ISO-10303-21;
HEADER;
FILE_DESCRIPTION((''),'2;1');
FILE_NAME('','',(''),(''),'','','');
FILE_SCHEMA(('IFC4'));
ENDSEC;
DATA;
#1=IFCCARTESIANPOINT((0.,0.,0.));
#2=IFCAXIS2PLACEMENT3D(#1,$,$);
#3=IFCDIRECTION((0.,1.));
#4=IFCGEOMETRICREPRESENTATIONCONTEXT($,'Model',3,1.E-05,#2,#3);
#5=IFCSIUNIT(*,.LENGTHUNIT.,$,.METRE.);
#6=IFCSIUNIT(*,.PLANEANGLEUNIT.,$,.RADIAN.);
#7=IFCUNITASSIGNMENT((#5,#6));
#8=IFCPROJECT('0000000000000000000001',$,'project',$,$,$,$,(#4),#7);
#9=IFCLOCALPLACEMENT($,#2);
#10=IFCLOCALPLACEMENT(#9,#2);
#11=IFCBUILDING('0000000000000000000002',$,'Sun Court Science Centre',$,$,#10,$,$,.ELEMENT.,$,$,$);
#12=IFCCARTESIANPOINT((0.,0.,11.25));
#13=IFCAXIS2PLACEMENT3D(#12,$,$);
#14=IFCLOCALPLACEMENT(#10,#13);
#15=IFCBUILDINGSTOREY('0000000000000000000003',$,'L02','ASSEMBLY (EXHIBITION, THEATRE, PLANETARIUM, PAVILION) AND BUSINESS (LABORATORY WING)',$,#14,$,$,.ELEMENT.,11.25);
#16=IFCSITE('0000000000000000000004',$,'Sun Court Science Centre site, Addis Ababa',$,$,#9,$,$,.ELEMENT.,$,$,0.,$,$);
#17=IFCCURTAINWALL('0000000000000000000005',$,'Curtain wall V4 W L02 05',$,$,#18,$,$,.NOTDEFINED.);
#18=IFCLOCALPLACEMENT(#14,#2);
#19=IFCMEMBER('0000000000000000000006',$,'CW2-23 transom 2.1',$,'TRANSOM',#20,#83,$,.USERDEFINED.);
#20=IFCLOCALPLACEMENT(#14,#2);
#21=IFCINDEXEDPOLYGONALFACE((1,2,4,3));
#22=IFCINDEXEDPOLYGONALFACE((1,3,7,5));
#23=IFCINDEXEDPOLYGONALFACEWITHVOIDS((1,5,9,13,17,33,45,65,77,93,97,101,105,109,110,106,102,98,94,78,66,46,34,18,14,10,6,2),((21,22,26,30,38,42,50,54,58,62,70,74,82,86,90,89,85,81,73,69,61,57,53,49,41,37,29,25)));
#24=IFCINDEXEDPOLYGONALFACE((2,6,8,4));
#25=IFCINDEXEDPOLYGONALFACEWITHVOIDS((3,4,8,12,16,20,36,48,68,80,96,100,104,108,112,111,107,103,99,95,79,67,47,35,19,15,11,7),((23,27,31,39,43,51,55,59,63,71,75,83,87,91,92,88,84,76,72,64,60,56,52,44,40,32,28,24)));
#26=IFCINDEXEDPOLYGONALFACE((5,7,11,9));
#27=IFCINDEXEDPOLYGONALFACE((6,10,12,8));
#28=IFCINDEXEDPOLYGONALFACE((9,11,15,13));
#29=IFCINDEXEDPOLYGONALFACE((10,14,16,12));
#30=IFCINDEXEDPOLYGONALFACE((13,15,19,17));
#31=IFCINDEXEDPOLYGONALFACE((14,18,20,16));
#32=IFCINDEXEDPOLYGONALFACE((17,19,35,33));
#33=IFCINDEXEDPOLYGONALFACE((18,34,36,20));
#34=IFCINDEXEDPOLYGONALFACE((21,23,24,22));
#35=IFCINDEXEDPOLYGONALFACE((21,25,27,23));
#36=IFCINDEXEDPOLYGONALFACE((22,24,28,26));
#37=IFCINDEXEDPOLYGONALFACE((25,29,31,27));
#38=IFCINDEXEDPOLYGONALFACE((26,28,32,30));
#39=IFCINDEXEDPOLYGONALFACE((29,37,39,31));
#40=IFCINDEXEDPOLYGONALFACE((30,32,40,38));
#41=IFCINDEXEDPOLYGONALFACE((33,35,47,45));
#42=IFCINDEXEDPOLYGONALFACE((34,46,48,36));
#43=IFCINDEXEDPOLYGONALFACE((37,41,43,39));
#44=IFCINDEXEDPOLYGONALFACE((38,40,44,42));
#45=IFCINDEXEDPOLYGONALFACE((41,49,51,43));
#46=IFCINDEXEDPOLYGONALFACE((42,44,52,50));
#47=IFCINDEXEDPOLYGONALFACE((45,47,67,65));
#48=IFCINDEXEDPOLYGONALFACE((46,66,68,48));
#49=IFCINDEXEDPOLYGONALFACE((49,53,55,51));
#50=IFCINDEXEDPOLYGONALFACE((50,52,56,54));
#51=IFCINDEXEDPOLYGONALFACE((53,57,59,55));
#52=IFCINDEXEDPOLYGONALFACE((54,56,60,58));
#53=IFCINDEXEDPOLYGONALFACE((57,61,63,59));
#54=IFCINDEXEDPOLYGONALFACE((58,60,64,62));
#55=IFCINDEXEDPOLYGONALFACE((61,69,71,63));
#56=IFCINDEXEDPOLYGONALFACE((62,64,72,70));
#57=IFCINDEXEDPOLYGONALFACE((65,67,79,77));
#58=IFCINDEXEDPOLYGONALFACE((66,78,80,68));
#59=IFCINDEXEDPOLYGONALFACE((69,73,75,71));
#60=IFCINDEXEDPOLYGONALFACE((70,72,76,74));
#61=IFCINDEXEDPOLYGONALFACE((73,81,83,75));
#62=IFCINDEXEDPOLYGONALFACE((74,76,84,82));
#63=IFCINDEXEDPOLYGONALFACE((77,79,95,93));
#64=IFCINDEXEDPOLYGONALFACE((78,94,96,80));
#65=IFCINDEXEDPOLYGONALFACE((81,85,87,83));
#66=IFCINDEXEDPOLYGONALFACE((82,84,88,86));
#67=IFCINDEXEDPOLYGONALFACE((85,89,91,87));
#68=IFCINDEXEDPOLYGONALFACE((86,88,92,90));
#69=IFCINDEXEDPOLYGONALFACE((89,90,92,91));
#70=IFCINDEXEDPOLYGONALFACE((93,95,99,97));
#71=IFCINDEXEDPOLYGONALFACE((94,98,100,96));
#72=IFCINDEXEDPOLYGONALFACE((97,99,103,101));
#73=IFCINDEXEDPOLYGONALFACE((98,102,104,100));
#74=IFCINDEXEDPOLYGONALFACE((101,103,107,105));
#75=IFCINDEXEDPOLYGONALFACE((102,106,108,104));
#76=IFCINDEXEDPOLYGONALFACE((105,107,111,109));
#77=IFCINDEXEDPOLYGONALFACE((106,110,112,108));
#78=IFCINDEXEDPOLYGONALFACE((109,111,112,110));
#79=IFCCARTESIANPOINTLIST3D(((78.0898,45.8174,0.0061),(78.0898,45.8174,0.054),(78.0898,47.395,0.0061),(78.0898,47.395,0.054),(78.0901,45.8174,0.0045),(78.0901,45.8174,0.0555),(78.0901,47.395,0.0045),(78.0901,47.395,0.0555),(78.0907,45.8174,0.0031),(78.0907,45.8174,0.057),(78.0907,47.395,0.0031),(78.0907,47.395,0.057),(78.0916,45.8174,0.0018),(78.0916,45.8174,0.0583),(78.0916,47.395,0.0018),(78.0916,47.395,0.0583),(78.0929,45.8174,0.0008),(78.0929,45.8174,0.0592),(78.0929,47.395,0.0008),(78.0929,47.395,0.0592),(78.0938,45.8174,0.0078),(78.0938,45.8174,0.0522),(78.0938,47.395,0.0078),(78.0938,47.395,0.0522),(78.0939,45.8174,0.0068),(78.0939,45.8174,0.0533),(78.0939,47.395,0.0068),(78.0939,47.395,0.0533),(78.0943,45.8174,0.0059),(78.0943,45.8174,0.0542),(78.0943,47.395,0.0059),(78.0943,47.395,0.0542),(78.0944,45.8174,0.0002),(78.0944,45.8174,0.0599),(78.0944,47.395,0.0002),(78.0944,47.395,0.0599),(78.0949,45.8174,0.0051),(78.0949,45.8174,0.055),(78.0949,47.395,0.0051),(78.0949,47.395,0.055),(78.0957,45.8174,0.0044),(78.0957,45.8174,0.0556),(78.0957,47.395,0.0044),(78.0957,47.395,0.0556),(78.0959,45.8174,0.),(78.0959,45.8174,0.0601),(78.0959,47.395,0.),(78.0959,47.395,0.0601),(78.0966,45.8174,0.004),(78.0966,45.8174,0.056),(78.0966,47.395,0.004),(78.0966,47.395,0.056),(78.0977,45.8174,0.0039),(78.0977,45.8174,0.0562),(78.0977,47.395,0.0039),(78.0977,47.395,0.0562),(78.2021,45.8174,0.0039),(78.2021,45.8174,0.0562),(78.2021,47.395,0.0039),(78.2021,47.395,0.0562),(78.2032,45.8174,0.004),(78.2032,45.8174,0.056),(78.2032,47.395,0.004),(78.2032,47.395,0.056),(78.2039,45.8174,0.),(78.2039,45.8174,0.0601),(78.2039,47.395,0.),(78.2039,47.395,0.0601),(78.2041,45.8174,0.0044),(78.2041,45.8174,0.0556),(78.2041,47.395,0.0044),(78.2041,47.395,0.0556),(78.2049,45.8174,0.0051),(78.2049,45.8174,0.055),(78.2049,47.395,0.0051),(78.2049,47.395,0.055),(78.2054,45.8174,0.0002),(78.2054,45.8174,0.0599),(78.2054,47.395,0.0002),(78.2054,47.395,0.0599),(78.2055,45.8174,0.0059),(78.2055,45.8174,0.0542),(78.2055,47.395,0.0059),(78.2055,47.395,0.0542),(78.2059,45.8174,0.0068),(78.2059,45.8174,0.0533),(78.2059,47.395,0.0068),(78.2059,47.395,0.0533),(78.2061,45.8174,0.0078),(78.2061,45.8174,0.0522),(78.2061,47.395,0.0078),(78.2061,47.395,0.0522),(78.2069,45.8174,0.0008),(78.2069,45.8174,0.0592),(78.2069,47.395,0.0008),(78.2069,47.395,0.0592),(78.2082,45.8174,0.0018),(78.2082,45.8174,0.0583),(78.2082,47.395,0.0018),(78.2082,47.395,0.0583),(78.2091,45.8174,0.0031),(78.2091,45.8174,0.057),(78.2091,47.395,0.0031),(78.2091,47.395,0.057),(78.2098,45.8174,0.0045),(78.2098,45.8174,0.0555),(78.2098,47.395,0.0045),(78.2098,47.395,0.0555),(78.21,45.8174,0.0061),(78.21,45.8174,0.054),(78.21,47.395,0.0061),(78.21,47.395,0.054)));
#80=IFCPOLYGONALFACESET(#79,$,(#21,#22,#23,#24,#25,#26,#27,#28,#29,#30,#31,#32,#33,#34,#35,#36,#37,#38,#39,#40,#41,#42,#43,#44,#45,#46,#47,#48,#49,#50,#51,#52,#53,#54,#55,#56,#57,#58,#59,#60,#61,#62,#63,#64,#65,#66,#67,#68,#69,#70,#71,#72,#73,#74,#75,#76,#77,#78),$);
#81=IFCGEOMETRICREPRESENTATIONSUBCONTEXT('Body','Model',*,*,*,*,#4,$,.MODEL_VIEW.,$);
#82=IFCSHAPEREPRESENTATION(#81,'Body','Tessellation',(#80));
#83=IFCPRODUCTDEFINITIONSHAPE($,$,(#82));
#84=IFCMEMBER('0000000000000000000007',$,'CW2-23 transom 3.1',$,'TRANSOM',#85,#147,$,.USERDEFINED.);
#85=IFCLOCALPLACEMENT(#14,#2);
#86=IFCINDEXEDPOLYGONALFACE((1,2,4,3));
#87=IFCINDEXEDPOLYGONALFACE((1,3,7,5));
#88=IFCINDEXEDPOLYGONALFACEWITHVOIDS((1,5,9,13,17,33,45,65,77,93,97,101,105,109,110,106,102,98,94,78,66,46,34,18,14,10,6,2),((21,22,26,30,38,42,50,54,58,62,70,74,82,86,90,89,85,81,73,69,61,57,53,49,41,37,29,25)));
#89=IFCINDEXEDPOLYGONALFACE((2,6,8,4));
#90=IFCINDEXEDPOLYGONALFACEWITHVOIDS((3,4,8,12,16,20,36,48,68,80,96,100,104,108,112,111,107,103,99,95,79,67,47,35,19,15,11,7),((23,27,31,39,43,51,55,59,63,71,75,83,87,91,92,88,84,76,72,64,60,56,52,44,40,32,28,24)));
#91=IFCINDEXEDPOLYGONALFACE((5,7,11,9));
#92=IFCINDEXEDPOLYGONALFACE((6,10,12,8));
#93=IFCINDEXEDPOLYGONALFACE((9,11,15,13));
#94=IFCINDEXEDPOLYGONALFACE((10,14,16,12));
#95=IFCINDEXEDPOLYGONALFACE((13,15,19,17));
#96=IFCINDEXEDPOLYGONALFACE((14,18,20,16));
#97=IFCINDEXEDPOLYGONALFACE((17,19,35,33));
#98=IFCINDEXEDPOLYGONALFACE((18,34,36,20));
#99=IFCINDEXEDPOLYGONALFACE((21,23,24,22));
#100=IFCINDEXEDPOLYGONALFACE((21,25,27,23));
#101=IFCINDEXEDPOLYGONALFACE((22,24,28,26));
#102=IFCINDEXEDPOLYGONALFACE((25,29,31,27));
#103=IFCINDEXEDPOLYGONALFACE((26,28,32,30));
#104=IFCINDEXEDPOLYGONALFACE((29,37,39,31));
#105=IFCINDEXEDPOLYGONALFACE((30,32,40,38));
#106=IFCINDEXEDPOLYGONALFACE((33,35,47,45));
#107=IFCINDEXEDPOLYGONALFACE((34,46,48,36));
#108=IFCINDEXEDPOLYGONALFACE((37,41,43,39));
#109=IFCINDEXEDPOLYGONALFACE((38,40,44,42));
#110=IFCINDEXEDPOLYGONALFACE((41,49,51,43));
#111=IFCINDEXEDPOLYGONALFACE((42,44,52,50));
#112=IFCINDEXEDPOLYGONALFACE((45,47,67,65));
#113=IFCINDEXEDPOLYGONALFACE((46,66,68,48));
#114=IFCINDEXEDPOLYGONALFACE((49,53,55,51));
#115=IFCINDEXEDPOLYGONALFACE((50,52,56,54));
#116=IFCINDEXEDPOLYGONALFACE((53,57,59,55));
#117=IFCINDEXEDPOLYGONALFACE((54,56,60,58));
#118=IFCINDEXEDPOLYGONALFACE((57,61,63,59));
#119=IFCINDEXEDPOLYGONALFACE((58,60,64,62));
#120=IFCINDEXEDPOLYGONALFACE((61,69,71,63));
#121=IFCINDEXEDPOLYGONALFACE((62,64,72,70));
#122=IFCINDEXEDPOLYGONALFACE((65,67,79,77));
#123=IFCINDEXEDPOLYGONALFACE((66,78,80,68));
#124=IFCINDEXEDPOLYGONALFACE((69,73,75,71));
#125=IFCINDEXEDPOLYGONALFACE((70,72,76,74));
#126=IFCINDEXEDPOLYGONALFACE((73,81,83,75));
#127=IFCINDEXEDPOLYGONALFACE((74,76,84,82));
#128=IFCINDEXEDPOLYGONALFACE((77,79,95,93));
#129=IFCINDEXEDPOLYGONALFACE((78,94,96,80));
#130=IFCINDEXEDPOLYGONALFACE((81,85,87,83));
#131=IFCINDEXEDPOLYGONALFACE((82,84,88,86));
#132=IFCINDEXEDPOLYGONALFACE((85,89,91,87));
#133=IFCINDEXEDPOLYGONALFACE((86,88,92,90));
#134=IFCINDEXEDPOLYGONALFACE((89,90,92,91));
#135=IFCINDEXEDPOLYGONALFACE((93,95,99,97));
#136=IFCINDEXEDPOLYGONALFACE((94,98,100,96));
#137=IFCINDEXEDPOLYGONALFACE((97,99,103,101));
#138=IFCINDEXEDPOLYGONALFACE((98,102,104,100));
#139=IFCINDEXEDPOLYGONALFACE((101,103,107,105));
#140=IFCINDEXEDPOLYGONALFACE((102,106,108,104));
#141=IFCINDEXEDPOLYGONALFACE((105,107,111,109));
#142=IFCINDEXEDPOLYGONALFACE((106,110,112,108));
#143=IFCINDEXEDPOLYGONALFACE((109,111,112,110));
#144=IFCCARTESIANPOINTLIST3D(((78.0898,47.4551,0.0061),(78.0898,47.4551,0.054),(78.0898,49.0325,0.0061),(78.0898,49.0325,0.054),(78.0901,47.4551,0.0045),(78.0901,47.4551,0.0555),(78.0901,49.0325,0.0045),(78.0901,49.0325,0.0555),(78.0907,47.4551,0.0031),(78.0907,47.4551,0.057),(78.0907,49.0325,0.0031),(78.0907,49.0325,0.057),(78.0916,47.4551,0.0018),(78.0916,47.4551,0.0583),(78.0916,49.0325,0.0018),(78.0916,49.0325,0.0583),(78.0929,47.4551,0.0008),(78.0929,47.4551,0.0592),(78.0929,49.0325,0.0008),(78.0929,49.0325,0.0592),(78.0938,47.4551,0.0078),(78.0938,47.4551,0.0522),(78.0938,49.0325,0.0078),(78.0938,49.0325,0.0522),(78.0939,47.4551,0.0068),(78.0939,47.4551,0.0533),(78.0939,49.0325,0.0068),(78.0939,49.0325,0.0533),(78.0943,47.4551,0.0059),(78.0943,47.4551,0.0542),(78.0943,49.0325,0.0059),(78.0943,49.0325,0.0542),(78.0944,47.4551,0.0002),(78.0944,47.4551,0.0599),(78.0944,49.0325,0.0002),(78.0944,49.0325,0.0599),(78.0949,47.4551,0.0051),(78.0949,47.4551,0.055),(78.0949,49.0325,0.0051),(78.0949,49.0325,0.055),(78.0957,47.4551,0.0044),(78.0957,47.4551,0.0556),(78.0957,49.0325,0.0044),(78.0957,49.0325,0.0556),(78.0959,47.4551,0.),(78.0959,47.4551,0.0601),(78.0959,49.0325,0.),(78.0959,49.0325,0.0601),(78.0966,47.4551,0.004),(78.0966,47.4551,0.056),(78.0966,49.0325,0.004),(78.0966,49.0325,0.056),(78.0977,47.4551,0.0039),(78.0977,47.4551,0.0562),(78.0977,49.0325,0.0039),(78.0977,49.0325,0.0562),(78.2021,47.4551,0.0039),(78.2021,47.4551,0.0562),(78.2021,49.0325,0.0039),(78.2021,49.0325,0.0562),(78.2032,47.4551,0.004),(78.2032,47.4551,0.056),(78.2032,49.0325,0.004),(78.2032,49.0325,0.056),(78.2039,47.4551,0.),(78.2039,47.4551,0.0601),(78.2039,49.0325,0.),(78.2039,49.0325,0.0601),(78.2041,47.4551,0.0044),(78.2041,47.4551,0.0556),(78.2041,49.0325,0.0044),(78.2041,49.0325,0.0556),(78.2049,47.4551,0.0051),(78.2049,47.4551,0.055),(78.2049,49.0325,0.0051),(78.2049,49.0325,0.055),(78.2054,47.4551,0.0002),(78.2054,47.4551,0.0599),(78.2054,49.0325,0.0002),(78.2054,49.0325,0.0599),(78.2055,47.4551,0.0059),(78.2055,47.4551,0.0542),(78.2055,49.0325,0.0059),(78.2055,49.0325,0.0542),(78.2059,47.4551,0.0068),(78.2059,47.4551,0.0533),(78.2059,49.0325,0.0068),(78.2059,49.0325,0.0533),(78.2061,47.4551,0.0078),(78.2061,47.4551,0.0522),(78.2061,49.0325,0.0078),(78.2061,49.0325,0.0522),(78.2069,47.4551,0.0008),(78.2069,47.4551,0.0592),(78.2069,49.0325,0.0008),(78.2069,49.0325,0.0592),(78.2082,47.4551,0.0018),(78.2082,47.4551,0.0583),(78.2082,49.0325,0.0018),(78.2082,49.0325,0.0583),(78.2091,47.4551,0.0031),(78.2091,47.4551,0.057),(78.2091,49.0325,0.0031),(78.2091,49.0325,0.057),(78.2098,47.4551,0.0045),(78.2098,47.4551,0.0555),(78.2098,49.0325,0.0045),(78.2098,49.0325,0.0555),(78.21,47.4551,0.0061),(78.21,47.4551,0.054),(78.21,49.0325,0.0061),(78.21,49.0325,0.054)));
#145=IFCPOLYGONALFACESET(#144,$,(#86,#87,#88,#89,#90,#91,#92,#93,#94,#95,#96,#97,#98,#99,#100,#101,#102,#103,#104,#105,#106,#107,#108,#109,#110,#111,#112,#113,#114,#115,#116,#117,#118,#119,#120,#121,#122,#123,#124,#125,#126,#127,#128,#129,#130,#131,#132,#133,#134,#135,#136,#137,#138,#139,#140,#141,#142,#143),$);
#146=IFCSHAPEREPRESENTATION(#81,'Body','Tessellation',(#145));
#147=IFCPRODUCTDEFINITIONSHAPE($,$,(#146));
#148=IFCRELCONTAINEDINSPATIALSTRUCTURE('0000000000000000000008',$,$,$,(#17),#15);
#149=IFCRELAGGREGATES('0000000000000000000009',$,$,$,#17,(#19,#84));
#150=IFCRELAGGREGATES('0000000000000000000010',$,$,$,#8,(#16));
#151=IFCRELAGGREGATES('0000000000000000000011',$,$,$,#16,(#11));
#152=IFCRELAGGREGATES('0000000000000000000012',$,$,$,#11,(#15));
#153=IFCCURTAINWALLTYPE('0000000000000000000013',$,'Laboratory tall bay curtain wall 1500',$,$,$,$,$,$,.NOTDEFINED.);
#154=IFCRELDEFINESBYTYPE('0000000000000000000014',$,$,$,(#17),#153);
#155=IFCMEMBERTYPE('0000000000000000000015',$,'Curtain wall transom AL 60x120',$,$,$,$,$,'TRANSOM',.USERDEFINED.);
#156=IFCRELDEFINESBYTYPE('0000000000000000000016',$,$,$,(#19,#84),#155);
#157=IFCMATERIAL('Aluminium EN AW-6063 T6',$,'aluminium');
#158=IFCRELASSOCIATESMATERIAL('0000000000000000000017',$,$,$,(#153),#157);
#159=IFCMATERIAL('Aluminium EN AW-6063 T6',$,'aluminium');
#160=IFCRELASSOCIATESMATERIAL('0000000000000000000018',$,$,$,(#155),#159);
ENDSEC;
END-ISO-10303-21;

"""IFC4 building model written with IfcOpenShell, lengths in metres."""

from ifc_helpers import new_model, si_unit, direction, frame, origin, origin_2d, place, context, subcontext, project, spatial, hollow_rectangle, extrude, material, material_profile, profile_set, type_object, element, aggregate, save


model = new_model("IFC4")

# Units and contexts
model_context = context("Model", 3, precision=1e-05, world=origin(), true_north=direction((0.0, 1.0)))
body_context = subcontext(model_context, "Body", "Model", "MODEL_VIEW")
ifc_project = project(units=[si_unit("LENGTHUNIT", "METRE"), si_unit("PLANEANGLEUNIT", "RADIAN")], contexts=[model_context])

# Site, building, storey
site_placement = place(None, origin())
site = spatial("IfcSite", under=ifc_project, at=site_placement, Name="Sun Court Science Centre site, Addis Ababa", CompositionType="ELEMENT", RefElevation=0.0)
building_placement = place(site_placement, origin())
building = spatial("IfcBuilding", under=site, at=building_placement, Name="Sun Court Science Centre", CompositionType="ELEMENT")
storey_placement = place(building_placement, frame((0.0, 0.0, 11.25)))
storey = spatial("IfcBuildingStorey", under=building, at=storey_placement, Name="L02", Description="ASSEMBLY (EXHIBITION, THEATRE, PLANETARIUM, PAVILION) AND BUSINESS (LABORATORY WING)", CompositionType="ELEMENT", Elevation=11.25)

# Shared definitions
ifc_material_1 = material(Name="Aluminium EN AW-6063 T6", Category="aluminium")
curtain_wall_type = type_object("IfcCurtainWallType", Name="Laboratory tall bay curtain wall 1500", PredefinedType="NOTDEFINED", material=ifc_material_1)

# Curtain wall, members
curtain_wall_1_placement = place(storey_placement, origin())
curtain_wall_1 = element("IfcCurtainWall", 1, at=curtain_wall_1_placement, inside=storey, type_object=curtain_wall_type, Name="Curtain wall V4 W L02 05", PredefinedType="NOTDEFINED")
ifc_material_2 = material(Name="Aluminium EN AW-6063 T6", Category="aluminium")
ifc_material_profile_1 = material_profile(ifc_material_2, hollow_rectangle(XDim=0.0601, YDim=0.1201, WallThickness=0.0039, InnerFilletRadius=0.0039, OuterFilletRadius=0.0061, at=origin_2d()), Name="AL 60x120x4")
ifc_profile_set_1 = profile_set([ifc_material_profile_1], Name="Aluminium EN AW-6063 T6")
member_type_1 = type_object("IfcMemberType", Name="Curtain wall transom AL 60x120", ElementType="TRANSOM", PredefinedType="USERDEFINED", material=ifc_profile_set_1)
member_1_placement = place(storey_placement, frame((78.1499, 45.8174, 0.03), z_axis=(0.0, 1.0, 0.0), x_axis=(0.0, 0.0, 1.0)))
member_1 = element("IfcMember", 2, at=member_1_placement, type_object=member_type_1, Name="CW2-23 transom 2.1", ObjectType="TRANSOM", PredefinedType="USERDEFINED", context=body_context, shape_type="SweptSolid", body=[
    extrude(hollow_rectangle(XDim=0.0601, YDim=0.1201, WallThickness=0.0039, InnerFilletRadius=0.0039, OuterFilletRadius=0.0061, at=origin_2d()), origin(), (0.0, 0.0, 1.0), 1.5776),
])
member_2_placement = place(storey_placement, frame((78.1499, 47.4551, 0.03), z_axis=(0.0, 1.0, 0.0), x_axis=(0.0, 0.0, 1.0)))
member_2 = element("IfcMember", 3, at=member_2_placement, type_object=member_type_1, Name="CW2-23 transom 3.1", ObjectType="TRANSOM", PredefinedType="USERDEFINED", context=body_context, shape_type="SweptSolid", body=[
    extrude(hollow_rectangle(XDim=0.0601, YDim=0.1201, WallThickness=0.0039, InnerFilletRadius=0.0039, OuterFilletRadius=0.0061, at=origin_2d()), origin(), (0.0, 0.0, 1.0), 1.5774),
])

aggregate(curtain_wall_1, [member_1, member_2])

save(model, "model.ifc")
